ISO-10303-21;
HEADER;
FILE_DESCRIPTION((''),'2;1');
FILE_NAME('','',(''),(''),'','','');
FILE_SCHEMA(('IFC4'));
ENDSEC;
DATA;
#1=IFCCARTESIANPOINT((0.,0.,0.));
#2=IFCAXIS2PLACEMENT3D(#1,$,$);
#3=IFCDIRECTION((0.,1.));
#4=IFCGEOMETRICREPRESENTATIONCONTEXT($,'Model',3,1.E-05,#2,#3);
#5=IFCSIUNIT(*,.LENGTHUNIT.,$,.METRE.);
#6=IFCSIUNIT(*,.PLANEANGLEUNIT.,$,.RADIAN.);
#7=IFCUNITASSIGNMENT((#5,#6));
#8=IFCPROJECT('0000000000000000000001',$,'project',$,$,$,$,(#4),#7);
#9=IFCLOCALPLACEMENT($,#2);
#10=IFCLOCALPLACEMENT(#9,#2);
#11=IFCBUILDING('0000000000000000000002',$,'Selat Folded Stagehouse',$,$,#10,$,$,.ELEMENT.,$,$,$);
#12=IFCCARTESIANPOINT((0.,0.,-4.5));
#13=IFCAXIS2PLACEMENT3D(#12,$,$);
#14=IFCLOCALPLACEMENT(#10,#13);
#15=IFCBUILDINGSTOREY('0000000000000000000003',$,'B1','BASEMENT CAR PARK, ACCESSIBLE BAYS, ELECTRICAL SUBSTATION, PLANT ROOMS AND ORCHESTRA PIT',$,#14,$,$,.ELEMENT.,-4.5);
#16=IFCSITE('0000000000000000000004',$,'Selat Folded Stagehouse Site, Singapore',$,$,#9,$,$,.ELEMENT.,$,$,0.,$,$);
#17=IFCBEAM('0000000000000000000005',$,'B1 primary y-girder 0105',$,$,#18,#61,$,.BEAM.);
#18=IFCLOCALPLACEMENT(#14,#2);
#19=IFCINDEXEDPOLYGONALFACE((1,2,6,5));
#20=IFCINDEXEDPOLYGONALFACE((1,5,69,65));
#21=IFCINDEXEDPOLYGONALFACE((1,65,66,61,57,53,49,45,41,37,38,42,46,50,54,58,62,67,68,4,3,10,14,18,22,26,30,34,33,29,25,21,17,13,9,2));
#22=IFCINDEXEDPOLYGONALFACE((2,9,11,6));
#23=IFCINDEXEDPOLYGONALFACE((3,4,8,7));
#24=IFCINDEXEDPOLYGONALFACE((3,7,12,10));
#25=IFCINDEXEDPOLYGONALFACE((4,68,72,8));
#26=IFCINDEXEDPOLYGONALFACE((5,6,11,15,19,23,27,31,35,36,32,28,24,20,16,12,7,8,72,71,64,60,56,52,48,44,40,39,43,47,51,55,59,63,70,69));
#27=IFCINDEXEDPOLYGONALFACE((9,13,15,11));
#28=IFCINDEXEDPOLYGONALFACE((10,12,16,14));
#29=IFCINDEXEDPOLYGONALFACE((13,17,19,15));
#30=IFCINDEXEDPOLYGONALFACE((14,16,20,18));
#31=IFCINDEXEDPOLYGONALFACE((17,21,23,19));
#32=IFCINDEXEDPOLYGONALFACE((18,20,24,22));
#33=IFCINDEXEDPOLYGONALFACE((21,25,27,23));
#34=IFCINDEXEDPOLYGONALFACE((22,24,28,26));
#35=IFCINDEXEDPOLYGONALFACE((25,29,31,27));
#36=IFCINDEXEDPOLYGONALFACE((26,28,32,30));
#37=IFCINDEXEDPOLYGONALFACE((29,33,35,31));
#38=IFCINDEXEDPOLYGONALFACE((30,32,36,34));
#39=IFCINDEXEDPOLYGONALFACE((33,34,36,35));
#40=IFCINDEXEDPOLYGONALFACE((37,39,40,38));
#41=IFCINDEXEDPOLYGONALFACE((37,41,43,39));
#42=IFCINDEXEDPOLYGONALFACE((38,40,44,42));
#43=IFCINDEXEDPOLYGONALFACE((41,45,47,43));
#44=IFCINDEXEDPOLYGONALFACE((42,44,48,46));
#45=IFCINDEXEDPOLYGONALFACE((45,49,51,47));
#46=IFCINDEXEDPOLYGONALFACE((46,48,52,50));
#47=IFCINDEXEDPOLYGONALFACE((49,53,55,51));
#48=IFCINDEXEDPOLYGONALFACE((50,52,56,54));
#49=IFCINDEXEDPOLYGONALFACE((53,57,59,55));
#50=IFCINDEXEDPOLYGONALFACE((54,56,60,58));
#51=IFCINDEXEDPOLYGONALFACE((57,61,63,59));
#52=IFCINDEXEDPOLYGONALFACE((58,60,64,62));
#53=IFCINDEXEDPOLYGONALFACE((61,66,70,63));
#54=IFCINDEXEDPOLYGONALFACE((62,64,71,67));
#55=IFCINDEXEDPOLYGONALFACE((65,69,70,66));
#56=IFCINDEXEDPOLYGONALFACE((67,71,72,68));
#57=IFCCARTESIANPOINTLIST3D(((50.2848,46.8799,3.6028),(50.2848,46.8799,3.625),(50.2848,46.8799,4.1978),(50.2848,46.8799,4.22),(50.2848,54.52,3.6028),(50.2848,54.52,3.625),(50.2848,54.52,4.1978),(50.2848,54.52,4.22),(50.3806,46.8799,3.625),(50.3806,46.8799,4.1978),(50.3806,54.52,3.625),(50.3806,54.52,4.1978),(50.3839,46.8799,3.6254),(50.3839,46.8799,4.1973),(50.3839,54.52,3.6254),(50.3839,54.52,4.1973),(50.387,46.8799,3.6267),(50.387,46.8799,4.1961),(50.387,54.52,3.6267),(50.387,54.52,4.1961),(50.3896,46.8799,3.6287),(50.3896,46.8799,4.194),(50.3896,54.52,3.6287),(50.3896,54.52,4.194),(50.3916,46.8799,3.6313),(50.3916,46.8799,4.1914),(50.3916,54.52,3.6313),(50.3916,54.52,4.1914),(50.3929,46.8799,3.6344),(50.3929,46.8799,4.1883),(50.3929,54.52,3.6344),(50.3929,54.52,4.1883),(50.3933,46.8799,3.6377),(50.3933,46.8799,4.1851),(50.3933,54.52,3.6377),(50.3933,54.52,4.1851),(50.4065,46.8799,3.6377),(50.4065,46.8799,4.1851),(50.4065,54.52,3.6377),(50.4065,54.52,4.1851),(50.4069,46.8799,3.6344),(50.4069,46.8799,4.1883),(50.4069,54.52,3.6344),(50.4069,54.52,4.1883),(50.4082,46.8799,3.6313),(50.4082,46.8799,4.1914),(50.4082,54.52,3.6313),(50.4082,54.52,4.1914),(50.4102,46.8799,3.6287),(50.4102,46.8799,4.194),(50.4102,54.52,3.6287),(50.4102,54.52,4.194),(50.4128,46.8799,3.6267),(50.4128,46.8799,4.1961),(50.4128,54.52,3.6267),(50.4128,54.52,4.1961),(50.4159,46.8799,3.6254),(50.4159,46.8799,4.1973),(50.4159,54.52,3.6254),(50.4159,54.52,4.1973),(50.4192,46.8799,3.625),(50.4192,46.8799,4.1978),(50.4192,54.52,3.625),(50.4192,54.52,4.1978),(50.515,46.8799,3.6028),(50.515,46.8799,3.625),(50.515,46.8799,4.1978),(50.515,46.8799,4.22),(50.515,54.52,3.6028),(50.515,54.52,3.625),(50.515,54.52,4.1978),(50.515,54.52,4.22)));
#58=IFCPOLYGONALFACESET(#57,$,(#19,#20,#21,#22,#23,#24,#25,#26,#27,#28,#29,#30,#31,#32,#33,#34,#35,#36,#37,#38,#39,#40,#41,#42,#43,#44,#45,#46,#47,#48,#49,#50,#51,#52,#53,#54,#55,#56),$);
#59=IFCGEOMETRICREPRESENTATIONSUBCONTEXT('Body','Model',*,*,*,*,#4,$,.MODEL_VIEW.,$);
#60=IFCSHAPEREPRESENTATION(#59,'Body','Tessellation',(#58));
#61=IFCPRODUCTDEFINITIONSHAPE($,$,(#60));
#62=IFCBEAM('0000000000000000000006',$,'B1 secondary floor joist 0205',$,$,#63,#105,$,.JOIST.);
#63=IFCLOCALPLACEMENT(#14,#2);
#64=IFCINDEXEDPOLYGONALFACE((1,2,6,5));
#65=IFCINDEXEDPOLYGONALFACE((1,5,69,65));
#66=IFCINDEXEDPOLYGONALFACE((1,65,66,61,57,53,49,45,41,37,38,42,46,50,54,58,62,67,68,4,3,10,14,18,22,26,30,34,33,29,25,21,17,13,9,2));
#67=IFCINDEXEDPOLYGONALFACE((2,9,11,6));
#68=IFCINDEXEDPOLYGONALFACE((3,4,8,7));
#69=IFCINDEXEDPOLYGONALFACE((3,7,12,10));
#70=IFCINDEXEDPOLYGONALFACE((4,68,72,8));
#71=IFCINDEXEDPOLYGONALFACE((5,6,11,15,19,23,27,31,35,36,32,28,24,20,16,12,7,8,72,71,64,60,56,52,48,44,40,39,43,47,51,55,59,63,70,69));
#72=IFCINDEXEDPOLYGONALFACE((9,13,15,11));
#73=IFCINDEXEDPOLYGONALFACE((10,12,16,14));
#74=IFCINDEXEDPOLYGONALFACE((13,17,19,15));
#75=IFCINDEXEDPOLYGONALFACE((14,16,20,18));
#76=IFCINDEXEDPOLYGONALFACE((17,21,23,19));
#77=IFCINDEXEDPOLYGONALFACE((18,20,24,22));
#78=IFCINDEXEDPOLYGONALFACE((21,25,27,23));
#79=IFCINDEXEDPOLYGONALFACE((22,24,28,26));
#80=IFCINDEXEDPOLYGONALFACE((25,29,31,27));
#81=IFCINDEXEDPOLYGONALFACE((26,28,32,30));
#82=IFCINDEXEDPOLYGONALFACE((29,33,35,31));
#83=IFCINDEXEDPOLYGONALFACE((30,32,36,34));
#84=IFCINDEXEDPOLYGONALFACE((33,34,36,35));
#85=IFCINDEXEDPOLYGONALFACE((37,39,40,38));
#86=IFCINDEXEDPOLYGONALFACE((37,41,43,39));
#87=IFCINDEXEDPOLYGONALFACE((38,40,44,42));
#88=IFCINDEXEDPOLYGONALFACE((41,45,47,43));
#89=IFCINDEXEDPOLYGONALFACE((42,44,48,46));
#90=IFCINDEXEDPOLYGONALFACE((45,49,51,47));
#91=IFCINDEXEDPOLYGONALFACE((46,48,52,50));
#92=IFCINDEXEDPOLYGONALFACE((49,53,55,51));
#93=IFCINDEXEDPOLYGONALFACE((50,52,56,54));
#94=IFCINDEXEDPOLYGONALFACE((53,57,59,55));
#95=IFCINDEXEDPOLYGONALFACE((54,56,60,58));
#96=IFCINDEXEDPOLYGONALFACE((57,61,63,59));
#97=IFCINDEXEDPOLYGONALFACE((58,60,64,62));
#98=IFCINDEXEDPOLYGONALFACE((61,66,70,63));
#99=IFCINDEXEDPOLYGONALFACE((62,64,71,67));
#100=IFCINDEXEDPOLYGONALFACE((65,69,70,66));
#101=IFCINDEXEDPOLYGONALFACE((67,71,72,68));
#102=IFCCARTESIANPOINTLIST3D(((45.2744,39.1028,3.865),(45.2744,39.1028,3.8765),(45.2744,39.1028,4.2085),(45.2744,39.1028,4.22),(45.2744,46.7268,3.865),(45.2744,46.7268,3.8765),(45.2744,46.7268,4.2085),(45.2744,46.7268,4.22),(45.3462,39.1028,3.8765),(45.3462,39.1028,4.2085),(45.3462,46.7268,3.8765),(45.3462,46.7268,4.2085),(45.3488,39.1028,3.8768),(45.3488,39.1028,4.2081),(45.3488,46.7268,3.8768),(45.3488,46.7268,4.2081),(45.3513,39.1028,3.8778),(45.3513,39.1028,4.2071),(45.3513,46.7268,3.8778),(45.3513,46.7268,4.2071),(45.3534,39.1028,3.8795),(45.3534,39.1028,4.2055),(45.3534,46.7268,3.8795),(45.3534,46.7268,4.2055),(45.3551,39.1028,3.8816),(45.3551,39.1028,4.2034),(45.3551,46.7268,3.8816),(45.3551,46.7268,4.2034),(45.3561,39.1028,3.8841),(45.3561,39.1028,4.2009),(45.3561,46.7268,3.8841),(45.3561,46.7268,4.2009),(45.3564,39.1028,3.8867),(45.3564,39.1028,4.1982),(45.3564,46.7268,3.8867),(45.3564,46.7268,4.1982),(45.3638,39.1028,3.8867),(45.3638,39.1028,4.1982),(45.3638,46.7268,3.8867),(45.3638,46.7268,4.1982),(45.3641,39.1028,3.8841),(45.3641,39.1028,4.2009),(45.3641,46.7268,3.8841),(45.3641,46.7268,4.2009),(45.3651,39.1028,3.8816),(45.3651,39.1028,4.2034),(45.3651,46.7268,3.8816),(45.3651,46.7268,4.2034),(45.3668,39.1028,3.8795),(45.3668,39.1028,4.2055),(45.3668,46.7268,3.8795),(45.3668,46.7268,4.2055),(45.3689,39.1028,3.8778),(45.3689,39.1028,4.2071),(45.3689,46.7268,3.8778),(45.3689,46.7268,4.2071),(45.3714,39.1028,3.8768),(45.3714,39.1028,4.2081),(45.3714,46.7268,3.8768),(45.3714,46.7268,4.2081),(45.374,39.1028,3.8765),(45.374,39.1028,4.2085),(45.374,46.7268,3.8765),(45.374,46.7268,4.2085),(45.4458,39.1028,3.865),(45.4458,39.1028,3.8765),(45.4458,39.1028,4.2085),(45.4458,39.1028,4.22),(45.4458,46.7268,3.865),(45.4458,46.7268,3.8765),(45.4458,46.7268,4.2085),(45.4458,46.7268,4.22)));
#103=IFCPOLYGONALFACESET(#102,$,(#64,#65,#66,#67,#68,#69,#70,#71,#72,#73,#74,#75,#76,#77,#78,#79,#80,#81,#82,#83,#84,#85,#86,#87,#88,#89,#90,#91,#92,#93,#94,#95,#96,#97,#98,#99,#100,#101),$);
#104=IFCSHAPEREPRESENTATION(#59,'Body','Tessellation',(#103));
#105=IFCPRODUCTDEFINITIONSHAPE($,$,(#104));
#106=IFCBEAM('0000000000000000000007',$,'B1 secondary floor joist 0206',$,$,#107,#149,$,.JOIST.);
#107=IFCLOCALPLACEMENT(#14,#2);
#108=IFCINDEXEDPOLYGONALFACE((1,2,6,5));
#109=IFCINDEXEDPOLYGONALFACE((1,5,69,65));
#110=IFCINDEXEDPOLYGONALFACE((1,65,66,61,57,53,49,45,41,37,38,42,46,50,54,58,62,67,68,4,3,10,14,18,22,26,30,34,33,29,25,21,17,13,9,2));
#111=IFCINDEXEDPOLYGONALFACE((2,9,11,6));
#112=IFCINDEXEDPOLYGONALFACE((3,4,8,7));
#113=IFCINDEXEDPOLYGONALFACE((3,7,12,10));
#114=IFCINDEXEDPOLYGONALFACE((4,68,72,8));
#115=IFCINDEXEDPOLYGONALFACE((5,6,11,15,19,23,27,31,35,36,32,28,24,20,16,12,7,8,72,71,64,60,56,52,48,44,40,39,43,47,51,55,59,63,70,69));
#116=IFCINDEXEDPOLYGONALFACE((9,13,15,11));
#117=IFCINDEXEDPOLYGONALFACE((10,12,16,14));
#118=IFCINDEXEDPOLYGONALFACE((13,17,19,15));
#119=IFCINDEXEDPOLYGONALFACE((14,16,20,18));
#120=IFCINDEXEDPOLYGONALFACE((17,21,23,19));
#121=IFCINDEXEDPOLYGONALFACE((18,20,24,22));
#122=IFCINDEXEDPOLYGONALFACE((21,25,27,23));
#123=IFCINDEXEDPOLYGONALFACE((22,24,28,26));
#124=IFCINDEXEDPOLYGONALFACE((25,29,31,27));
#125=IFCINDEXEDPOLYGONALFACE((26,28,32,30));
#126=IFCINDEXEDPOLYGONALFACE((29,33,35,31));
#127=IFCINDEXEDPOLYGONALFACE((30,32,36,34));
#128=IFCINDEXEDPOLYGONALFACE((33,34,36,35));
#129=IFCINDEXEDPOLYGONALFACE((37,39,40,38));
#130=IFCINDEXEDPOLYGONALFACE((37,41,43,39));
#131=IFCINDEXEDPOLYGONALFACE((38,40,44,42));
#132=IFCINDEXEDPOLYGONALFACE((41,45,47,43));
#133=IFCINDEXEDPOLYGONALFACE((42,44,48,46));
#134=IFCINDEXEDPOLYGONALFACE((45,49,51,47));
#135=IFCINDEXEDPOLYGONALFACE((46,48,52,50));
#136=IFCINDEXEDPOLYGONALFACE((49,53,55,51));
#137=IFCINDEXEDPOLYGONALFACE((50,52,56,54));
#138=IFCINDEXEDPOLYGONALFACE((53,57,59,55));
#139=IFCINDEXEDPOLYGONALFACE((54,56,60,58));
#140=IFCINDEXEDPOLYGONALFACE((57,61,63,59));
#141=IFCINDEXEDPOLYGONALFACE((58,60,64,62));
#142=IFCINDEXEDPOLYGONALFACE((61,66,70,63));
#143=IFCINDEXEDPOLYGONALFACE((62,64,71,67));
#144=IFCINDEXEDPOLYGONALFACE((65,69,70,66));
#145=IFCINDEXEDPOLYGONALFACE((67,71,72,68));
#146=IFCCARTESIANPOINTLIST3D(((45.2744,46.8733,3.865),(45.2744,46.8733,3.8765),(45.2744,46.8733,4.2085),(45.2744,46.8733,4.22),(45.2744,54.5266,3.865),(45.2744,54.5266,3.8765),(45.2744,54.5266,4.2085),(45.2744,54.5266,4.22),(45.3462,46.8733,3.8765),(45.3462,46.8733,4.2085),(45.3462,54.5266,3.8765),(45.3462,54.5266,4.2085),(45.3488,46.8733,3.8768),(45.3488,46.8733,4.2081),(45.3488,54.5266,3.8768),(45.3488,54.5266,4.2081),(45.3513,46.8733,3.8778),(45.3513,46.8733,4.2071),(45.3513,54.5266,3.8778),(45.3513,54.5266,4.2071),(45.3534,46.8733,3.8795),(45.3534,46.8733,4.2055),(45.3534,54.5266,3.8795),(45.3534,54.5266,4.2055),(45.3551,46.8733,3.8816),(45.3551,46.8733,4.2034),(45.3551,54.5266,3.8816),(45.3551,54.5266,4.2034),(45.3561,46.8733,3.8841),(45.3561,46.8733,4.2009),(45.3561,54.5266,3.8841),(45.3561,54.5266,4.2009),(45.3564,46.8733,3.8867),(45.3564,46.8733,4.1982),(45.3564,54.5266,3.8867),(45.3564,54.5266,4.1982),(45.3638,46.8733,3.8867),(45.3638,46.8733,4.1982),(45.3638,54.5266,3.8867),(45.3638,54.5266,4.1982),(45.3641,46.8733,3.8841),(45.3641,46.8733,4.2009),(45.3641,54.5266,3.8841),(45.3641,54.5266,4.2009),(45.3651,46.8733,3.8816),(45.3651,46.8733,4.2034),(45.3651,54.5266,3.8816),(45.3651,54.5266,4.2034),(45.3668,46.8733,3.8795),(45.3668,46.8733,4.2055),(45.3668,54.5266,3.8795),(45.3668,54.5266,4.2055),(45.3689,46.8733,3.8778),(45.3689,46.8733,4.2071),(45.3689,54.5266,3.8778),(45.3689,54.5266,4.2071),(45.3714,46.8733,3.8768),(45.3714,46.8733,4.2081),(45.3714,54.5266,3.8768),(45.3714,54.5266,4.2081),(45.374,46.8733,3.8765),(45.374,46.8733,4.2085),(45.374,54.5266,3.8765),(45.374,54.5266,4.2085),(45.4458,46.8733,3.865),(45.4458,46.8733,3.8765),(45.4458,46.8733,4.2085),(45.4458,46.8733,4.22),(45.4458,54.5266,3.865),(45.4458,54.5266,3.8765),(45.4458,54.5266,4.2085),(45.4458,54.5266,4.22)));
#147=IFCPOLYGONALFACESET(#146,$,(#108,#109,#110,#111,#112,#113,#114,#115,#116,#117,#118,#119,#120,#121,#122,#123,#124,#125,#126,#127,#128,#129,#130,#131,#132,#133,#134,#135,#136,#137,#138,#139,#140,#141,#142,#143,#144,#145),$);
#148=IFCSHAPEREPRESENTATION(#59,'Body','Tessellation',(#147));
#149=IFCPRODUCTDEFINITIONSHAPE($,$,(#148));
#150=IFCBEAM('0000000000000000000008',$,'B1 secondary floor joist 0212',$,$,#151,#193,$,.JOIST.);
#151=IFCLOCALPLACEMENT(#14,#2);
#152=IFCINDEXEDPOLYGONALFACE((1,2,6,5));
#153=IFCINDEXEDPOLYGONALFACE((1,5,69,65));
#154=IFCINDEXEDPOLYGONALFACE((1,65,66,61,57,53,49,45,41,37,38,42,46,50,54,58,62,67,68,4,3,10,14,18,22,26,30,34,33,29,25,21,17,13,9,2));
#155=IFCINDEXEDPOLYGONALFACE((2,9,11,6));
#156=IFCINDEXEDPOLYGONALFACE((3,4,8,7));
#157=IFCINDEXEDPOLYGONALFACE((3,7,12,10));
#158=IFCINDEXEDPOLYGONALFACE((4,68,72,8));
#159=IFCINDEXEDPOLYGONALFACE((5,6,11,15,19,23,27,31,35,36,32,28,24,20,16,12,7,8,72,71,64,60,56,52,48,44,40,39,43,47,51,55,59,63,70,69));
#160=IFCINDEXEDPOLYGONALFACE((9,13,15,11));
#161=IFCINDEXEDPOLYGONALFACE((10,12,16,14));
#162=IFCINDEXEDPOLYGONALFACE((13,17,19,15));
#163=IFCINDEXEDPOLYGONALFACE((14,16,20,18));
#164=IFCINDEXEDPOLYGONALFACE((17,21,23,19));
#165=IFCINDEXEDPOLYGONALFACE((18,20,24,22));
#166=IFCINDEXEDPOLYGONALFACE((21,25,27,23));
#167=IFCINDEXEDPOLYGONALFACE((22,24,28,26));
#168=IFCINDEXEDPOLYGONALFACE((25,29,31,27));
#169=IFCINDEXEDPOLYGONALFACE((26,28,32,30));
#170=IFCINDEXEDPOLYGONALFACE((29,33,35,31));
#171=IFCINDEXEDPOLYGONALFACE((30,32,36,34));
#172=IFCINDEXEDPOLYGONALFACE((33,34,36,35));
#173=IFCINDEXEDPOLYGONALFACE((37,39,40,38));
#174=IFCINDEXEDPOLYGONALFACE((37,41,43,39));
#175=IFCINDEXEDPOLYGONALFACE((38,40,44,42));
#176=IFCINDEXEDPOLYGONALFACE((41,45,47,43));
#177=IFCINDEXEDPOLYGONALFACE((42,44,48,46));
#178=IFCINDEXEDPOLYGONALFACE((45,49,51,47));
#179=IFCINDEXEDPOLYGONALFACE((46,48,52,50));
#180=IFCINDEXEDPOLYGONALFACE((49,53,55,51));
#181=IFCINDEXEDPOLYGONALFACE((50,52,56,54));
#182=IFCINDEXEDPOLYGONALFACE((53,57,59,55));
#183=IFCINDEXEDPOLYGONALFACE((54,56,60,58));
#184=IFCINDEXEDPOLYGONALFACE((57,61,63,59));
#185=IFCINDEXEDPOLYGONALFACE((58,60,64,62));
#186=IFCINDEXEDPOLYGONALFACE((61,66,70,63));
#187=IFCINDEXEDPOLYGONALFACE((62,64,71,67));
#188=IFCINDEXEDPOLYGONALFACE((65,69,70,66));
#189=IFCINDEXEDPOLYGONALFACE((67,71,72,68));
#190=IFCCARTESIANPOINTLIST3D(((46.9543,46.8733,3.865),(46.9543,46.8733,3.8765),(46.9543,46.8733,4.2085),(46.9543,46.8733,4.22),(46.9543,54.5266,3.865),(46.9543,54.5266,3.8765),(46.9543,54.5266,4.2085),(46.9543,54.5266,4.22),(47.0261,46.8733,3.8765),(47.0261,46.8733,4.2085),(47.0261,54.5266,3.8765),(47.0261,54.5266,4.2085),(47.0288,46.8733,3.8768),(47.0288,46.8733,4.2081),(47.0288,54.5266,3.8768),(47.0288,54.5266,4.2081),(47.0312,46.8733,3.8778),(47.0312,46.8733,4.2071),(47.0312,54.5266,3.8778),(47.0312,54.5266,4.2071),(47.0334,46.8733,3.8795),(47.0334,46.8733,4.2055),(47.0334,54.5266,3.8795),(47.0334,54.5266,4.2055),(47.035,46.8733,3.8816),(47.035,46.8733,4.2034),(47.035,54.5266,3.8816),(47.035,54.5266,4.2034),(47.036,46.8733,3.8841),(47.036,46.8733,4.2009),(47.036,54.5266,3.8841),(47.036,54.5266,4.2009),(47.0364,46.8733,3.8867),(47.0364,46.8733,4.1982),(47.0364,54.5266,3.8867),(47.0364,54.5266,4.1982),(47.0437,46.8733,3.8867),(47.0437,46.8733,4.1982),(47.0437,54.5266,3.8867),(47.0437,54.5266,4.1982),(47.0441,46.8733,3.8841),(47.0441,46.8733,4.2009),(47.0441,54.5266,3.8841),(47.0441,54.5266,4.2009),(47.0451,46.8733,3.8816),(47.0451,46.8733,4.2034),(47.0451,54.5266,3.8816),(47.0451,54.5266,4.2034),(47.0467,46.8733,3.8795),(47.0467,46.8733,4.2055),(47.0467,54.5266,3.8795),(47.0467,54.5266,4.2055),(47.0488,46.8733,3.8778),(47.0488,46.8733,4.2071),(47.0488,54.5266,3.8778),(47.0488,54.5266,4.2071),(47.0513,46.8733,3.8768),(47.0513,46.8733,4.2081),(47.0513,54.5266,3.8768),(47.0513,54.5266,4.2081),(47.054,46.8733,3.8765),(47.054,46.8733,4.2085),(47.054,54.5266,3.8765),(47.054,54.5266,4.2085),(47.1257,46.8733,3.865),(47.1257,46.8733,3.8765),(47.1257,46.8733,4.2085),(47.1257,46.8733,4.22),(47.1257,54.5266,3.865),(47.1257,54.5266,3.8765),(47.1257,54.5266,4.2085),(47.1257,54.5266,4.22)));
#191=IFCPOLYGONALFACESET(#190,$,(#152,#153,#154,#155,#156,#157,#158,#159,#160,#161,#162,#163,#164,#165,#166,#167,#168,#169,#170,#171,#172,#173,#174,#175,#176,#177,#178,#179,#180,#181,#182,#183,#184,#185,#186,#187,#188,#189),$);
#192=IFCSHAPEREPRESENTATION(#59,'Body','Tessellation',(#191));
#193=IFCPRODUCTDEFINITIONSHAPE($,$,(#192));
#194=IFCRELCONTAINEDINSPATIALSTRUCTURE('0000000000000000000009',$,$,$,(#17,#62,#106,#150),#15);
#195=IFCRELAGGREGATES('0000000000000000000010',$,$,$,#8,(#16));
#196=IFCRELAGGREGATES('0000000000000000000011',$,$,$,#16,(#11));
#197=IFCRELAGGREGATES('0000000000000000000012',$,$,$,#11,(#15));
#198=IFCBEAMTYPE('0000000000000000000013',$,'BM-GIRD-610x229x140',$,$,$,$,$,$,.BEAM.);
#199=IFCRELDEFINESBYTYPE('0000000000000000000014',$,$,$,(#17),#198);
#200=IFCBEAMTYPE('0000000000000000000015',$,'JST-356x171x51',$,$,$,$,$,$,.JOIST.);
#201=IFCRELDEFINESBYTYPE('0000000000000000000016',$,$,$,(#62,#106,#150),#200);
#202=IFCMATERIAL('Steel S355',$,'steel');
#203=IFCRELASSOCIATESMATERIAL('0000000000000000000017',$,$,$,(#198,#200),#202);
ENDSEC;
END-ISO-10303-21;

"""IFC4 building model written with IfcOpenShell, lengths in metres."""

from ifc_helpers import new_model, si_unit, direction, frame, origin, origin_2d, place, context, subcontext, project, spatial, i_section, extrude, material, material_profile, profile_set, type_object, element, save


model = new_model("IFC4")

# Units and contexts
model_context = context("Model", 3, precision=1e-05, world=origin(), true_north=direction((0.0, 1.0)))
body_context = subcontext(model_context, "Body", "Model", "MODEL_VIEW")
ifc_project = project(units=[si_unit("LENGTHUNIT", "METRE"), si_unit("PLANEANGLEUNIT", "RADIAN")], contexts=[model_context])

# Site, building, storey
site_placement = place(None, origin())
site = spatial("IfcSite", under=ifc_project, at=site_placement, Name="Selat Folded Stagehouse Site, Singapore", CompositionType="ELEMENT", RefElevation=0.0)
building_placement = place(site_placement, origin())
building = spatial("IfcBuilding", under=site, at=building_placement, Name="Selat Folded Stagehouse", CompositionType="ELEMENT")
storey_placement = place(building_placement, frame((0.0, 0.0, -4.5)))
storey = spatial("IfcBuildingStorey", under=building, at=storey_placement, Name="B1", Description="BASEMENT CAR PARK, ACCESSIBLE BAYS, ELECTRICAL SUBSTATION, PLANT ROOMS AND ORCHESTRA PIT", CompositionType="ELEMENT", Elevation=-4.5)

# Shared definitions
ifc_material_1 = material(Name="Steel S355", Category="steel")

# Beams
ifc_material_profile_1 = material_profile(ifc_material_1, i_section(OverallWidth=0.2302, OverallDepth=0.6172, WebThickness=0.0132, FlangeThickness=0.0222, FilletRadius=0.0127, at=origin_2d()), Name="UKB 610x229x140")
ifc_profile_set_1 = profile_set([ifc_material_profile_1], Name="Steel S355")
beam_type_1 = type_object("IfcBeamType", Name="BM-GIRD-610x229x140", PredefinedType="BEAM", material=ifc_profile_set_1)
beam_1_placement = place(storey_placement, frame((50.3999, 46.8799, 3.9114), z_axis=(0.0, 1.0, 0.0), x_axis=(-1.0, 0.0, 0.0)))
element("IfcBeam", 1, at=beam_1_placement, inside=storey, type_object=beam_type_1, Name="B1 primary y-girder 0105", PredefinedType="BEAM", context=body_context, shape_type="SweptSolid", body=[
    extrude(i_section(OverallWidth=0.2302, OverallDepth=0.6172, WebThickness=0.0132, FlangeThickness=0.0222, FilletRadius=0.0127, at=origin_2d()), origin(), (0.0, 0.0, 1.0), 7.6401),
])
ifc_material_profile_2 = material_profile(ifc_material_1, i_section(OverallWidth=0.1714, OverallDepth=0.355, WebThickness=0.0073, FlangeThickness=0.0115, FilletRadius=0.0103, at=origin_2d()), Name="UKB 356x171x51")
ifc_profile_set_2 = profile_set([ifc_material_profile_2], Name="Steel S355")
beam_type_2 = type_object("IfcBeamType", Name="JST-356x171x51", PredefinedType="JOIST", material=ifc_profile_set_2)
beam_2_placement = place(storey_placement, frame((45.3601, 39.1028, 4.0425), z_axis=(0.0, 1.0, 0.0), x_axis=(-1.0, 0.0, 0.0)))
element("IfcBeam", 2, at=beam_2_placement, inside=storey, type_object=beam_type_2, Name="B1 secondary floor joist 0205", PredefinedType="JOIST", context=body_context, shape_type="SweptSolid", body=[
    extrude(i_section(OverallWidth=0.1714, OverallDepth=0.355, WebThickness=0.0073, FlangeThickness=0.0115, FilletRadius=0.0103, at=origin_2d()), origin(), (0.0, 0.0, 1.0), 7.624),
])
for number, where, z_axis, x_axis, name in (
    (3, (45.3601, 46.8733, 4.0425), (0.0, 1.0, 0.0), (-1.0, 0.0, 0.0), "B1 secondary floor joist 0206"),
    (4, (47.04, 46.8733, 4.0425), (0.0, 1.0, 0.0), (-1.0, 0.0, 0.0), "B1 secondary floor joist 0212"),
):
    element("IfcBeam", number, at=place(storey_placement, frame(where, z_axis=z_axis, x_axis=x_axis)), inside=storey, type_object=beam_type_2, Name=name, PredefinedType="JOIST", context=body_context, shape_type="SweptSolid", body=[
        extrude(i_section(OverallWidth=0.1714, OverallDepth=0.355, WebThickness=0.0073, FlangeThickness=0.0115, FilletRadius=0.0103, at=origin_2d()), origin(), (0.0, 0.0, 1.0), 7.6533),
    ])

save(model, "model.ifc")
